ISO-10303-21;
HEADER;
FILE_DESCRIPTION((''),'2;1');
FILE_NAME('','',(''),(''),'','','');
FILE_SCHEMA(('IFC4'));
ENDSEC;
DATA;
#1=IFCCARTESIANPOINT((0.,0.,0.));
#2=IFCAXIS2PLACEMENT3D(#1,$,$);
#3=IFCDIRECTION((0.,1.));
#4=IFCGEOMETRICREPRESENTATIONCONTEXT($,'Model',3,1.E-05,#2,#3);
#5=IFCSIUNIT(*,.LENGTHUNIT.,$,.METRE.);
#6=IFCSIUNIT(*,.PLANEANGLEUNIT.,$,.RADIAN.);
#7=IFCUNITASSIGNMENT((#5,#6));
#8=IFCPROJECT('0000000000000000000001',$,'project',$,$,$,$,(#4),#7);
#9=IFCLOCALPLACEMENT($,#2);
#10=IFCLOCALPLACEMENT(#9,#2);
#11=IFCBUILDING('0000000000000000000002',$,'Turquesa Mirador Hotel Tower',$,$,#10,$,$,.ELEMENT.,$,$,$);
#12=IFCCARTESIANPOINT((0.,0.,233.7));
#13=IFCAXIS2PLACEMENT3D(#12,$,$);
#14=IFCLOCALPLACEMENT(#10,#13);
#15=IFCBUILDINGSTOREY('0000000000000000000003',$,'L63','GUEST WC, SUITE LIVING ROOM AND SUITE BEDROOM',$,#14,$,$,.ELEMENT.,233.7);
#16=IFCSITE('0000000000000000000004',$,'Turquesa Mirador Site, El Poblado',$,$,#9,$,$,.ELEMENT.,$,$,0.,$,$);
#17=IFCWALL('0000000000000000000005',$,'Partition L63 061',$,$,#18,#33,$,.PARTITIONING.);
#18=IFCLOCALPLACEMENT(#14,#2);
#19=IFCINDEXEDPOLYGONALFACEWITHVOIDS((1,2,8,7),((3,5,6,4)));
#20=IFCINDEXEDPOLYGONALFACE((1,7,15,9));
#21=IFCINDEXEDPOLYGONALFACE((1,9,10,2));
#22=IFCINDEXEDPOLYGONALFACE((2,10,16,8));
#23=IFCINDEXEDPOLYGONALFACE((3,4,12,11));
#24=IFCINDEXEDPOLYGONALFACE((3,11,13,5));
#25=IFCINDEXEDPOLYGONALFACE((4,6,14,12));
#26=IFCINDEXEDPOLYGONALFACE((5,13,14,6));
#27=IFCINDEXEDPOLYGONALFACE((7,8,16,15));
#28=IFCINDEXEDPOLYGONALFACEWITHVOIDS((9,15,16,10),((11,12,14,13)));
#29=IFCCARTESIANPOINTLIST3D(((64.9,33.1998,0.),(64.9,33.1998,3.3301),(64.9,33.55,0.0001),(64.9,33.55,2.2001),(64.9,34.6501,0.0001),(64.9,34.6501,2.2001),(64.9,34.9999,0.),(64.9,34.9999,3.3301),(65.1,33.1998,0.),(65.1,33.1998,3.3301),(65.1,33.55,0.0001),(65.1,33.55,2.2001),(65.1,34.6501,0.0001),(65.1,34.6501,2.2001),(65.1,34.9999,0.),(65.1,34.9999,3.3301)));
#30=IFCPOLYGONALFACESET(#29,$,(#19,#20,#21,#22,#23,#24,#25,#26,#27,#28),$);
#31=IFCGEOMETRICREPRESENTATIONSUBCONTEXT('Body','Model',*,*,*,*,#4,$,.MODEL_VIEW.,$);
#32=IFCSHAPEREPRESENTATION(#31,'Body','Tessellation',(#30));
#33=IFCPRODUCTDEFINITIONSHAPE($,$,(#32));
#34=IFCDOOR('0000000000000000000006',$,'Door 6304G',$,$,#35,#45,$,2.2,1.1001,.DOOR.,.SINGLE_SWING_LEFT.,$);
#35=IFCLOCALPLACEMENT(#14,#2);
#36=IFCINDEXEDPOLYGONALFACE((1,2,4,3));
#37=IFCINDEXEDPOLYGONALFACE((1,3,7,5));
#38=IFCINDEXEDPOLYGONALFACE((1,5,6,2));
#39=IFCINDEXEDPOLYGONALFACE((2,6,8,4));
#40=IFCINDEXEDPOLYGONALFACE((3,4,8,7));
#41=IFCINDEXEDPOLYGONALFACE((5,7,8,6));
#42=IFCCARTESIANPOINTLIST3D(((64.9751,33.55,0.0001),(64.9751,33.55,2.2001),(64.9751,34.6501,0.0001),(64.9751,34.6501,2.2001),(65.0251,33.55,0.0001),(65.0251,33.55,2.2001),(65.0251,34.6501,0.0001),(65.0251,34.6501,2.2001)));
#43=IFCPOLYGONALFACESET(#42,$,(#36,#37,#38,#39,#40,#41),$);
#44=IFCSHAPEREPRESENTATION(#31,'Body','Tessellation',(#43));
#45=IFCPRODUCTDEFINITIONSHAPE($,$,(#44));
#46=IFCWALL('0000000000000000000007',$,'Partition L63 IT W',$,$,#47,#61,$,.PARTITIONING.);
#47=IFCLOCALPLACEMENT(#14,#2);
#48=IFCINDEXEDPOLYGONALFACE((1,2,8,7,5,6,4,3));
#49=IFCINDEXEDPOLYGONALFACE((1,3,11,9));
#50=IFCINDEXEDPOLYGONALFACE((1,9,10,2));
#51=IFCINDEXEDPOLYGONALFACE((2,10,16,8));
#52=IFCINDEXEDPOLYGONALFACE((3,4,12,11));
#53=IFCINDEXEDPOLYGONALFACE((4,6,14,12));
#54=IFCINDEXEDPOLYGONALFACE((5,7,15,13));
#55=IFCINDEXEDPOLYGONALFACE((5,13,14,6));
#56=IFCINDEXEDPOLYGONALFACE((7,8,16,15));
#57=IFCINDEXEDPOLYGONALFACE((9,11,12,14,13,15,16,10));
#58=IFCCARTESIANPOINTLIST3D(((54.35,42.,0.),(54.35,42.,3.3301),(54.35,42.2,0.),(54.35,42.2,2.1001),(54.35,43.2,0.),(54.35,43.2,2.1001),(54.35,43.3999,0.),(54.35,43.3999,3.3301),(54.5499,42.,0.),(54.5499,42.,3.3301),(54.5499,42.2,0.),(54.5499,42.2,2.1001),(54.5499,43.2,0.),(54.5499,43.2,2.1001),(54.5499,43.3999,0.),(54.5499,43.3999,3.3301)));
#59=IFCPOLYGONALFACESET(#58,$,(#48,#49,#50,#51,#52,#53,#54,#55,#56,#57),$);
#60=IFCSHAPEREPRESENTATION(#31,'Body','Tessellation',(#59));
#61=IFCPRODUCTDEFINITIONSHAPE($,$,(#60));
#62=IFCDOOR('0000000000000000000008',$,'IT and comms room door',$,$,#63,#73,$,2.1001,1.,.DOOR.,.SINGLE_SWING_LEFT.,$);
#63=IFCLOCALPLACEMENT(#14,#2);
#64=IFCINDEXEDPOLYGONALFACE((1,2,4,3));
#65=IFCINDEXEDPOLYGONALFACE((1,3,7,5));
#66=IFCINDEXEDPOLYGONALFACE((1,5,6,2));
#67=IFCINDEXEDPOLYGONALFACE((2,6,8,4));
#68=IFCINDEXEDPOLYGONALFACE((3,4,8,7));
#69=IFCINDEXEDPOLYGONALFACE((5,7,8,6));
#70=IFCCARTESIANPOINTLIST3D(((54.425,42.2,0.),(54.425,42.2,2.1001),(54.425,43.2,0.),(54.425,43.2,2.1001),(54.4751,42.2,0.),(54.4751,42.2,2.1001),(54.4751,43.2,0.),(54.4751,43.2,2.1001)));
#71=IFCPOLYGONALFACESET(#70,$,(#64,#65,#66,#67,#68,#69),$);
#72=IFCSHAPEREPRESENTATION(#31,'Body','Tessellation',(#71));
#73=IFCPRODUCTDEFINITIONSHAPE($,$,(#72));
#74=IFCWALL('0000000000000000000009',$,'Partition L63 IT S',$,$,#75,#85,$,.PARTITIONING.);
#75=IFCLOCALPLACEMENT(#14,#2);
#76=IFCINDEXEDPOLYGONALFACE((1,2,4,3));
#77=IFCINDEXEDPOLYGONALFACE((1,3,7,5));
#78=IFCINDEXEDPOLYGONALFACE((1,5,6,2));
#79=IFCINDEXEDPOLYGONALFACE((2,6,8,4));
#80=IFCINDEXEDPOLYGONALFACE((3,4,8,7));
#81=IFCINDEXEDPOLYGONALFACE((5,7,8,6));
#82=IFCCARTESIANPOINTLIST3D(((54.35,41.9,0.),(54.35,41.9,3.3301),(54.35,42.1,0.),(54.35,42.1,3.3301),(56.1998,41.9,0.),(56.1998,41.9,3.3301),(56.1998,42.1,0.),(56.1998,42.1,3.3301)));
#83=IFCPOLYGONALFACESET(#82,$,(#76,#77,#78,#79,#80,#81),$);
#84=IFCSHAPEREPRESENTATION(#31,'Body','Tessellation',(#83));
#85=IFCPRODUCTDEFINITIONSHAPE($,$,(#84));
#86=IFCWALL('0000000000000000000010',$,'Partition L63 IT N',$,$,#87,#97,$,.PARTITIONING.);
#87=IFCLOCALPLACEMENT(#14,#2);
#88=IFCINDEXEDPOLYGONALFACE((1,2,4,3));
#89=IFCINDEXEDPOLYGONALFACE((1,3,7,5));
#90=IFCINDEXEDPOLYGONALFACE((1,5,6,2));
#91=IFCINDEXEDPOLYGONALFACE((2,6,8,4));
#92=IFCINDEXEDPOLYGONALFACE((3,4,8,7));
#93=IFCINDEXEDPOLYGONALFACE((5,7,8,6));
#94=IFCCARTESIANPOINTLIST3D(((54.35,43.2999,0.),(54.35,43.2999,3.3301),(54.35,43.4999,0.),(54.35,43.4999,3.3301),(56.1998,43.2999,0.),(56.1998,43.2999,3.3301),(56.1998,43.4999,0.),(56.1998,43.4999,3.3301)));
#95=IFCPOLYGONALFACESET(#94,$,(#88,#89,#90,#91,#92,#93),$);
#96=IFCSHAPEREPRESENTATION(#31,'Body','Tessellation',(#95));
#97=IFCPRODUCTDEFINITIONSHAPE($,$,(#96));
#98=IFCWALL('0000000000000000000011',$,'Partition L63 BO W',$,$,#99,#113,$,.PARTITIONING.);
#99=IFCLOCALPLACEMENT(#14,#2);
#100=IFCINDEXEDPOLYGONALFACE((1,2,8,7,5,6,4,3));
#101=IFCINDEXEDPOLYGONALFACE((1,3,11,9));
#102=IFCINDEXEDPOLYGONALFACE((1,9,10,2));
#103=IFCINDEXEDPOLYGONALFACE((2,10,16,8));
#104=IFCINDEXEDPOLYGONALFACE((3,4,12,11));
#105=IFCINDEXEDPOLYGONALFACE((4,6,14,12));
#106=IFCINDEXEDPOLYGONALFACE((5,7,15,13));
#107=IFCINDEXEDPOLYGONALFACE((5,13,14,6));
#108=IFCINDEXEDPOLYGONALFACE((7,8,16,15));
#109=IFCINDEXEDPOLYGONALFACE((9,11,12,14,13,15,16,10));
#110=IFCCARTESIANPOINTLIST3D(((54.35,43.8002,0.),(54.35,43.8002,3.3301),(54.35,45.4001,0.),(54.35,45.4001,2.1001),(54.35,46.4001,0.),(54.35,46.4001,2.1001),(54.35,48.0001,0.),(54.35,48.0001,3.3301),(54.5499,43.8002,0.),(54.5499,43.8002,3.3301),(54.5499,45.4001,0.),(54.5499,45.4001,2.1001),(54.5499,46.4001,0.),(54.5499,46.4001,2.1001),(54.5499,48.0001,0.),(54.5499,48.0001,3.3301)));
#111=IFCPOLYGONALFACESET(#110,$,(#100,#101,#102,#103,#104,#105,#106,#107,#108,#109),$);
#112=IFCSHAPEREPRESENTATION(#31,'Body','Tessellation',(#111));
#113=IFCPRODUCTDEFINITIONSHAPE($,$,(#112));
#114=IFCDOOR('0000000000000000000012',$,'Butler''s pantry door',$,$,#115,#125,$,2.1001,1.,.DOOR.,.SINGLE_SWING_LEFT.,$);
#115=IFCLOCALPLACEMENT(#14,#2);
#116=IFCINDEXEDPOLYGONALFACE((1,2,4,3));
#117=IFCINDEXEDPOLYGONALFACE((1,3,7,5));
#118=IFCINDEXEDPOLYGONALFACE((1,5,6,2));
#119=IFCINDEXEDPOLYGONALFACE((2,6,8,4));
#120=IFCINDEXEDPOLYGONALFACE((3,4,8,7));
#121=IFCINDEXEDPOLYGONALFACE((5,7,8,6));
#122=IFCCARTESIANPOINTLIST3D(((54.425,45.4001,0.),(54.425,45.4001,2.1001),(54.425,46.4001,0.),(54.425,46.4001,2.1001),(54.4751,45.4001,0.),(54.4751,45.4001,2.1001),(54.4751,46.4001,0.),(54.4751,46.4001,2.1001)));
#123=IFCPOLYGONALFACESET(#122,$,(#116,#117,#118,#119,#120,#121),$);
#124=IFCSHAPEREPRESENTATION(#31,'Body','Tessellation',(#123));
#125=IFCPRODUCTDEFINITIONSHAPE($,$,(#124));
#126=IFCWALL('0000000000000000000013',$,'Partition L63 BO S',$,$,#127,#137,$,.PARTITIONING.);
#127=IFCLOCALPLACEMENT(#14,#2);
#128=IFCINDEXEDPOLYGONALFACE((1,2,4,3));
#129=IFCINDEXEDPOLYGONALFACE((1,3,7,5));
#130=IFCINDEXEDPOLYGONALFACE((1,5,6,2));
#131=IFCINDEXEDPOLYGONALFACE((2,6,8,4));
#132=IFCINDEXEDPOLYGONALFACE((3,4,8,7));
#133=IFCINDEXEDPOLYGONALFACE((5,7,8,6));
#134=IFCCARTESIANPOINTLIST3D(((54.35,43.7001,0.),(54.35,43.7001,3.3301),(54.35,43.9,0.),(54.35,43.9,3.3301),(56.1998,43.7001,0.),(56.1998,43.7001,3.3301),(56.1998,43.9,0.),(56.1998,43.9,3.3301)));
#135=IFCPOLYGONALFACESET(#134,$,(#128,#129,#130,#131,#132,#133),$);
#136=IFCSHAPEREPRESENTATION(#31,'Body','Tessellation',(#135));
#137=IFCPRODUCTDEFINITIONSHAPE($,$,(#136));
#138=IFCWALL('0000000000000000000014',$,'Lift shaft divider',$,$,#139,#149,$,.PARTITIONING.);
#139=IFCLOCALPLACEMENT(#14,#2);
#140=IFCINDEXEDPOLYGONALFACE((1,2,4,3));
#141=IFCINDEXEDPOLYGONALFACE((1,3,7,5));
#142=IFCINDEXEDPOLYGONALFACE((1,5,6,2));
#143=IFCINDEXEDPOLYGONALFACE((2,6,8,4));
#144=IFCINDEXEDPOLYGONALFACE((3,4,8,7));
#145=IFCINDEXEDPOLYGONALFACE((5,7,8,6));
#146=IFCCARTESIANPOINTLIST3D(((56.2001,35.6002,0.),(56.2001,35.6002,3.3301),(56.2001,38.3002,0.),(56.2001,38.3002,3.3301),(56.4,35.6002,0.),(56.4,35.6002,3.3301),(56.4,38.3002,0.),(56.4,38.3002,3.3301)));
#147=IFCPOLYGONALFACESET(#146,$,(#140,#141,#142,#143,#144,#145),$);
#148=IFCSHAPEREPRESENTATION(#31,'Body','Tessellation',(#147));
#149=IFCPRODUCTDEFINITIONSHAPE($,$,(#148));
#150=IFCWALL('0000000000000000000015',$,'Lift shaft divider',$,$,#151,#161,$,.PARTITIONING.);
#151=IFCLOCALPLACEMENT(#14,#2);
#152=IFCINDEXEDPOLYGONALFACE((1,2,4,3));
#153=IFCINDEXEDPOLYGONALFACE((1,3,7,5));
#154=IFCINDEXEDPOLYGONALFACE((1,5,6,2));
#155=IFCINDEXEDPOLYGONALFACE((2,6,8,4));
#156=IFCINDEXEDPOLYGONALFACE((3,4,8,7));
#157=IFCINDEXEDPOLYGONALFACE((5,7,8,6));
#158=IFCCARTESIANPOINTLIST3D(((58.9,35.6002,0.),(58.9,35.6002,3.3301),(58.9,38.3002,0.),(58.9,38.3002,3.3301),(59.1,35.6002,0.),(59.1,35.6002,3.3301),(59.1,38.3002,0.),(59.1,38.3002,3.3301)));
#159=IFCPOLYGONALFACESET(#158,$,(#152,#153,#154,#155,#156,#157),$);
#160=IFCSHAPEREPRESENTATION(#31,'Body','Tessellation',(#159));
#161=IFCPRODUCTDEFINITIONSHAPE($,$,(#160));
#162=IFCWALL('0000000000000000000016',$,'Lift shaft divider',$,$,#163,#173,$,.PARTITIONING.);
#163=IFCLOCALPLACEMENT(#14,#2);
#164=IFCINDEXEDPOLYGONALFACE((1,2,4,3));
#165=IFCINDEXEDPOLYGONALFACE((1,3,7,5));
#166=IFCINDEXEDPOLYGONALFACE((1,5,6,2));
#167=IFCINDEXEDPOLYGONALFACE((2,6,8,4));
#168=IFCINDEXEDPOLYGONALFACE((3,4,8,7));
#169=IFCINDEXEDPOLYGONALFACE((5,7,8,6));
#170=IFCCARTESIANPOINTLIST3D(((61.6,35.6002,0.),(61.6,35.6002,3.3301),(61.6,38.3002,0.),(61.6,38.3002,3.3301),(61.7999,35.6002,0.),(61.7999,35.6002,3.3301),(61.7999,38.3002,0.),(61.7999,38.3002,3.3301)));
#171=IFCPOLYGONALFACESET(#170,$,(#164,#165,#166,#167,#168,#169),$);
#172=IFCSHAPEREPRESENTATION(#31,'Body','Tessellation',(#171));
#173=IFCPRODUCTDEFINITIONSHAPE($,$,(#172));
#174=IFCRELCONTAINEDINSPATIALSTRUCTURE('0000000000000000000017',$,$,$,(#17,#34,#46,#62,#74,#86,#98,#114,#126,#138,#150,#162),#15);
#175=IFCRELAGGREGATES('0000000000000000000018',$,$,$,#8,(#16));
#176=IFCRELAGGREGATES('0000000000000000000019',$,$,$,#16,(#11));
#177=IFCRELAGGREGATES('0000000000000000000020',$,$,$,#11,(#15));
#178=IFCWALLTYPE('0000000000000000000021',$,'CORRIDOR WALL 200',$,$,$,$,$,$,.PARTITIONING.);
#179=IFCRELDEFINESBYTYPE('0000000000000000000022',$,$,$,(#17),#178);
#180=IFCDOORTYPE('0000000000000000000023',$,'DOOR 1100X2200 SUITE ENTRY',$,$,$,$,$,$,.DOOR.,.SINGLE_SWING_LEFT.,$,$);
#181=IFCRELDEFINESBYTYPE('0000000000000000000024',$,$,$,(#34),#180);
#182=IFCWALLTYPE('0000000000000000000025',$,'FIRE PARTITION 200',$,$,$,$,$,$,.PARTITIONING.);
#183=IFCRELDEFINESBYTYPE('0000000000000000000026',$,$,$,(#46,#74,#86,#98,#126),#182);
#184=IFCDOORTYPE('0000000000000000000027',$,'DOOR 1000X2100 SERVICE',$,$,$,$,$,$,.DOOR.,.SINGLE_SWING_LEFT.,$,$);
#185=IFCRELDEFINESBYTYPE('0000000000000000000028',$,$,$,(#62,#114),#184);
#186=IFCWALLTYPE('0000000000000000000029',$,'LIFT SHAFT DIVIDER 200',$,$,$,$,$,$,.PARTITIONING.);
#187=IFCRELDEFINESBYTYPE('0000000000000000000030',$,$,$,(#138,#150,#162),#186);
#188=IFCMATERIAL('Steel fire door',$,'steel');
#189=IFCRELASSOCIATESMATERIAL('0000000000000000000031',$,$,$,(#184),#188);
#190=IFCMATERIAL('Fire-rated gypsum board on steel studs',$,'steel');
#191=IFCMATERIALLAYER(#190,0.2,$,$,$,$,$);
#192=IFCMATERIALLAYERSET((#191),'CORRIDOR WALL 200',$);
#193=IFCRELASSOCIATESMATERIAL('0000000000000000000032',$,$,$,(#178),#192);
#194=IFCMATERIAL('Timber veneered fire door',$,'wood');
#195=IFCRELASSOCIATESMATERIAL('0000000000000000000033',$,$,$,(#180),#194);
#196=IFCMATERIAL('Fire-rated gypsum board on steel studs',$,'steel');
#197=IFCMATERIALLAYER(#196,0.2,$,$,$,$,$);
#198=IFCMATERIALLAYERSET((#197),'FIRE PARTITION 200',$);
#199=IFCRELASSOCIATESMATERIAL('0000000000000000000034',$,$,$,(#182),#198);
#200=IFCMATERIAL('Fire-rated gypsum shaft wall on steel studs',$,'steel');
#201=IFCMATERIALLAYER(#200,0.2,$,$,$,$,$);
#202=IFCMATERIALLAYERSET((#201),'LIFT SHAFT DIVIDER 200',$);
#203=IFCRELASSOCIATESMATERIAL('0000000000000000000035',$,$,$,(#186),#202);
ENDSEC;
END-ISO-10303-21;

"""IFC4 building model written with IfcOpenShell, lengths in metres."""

from ifc_helpers import new_model, si_unit, direction, frame, frame_2d, origin, place, context, subcontext, project, spatial, rectangle, extrude, material, layer, layer_set, type_object, element, fill, save


model = new_model("IFC4")

# Units and contexts
model_context = context("Model", 3, precision=1e-05, world=origin(), true_north=direction((0.0, 1.0)))
body_context = subcontext(model_context, "Body", "Model", "MODEL_VIEW")
ifc_project = project(units=[si_unit("LENGTHUNIT", "METRE"), si_unit("PLANEANGLEUNIT", "RADIAN")], contexts=[model_context])

# Site, building, storey
site_placement = place(None, origin())
site = spatial("IfcSite", under=ifc_project, at=site_placement, Name="Turquesa Mirador Site, El Poblado", CompositionType="ELEMENT", RefElevation=0.0)
building_placement = place(site_placement, origin())
building = spatial("IfcBuilding", under=site, at=building_placement, Name="Turquesa Mirador Hotel Tower", CompositionType="ELEMENT")
storey_placement = place(building_placement, frame((0.0, 0.0, 233.7)))
storey = spatial("IfcBuildingStorey", under=building, at=storey_placement, Name="L63", Description="GUEST WC, SUITE LIVING ROOM AND SUITE BEDROOM", CompositionType="ELEMENT", Elevation=233.7)

# Shared definitions
ifc_material_1 = material(Name="Steel fire door", Category="steel")
door_type_1 = type_object("IfcDoorType", Name="DOOR 1000X2100 SERVICE", OperationType="SINGLE_SWING_LEFT", PredefinedType="DOOR", material=ifc_material_1)

# Shared definitions
ifc_material_2 = material(Name="Fire-rated gypsum board on steel studs", Category="steel")
ifc_layer_1 = layer(ifc_material_2, 0.2)
ifc_layer_set_1 = layer_set([ifc_layer_1], Name="CORRIDOR WALL 200")
wall_type_1 = type_object("IfcWallType", Name="CORRIDOR WALL 200", PredefinedType="PARTITIONING", material=ifc_layer_set_1)

# Walls, openings, doors
wall_1_placement = place(storey_placement, frame((65.0, 33.2, 0.0), z_axis=(0.0, 0.0, 1.0), x_axis=(0.0, 1.0, 0.0)))
wall_1 = element("IfcWall", 1, at=wall_1_placement, inside=storey, type_object=wall_type_1, Name="Partition L63 061", PredefinedType="PARTITIONING", context=body_context, shape_type="SweptSolid", body=[
    extrude(rectangle(XDim=1.8, YDim=0.2, at=frame_2d((0.8999, 0.0))), origin(), (0.0, 0.0, 1.0), 3.3301),
])
opening_1_placement = place(wall_1_placement, frame((0.3501, 0.0, 0.0)))
opening_1 = element("IfcOpeningElement", 2, at=opening_1_placement, cuts=wall_1, PredefinedType="OPENING", context=body_context, shape_type="SweptSolid", body=[
    extrude(rectangle(XDim=1.1001, YDim=2.2, at=frame_2d((0.55, 1.1001))), frame((0.0, 0.1099, 0.0), z_axis=(0.0, -1.0, 0.0), x_axis=(1.0, 0.0, 0.0)), (0.0, 0.0, 1.0), 0.22),
])
ifc_material_3 = material(Name="Timber veneered fire door", Category="wood")
door_type_2 = type_object("IfcDoorType", Name="DOOR 1100X2200 SUITE ENTRY", OperationType="SINGLE_SWING_LEFT", PredefinedType="DOOR", material=ifc_material_3)
door_1_placement = place(opening_1_placement, origin())
door_1 = element("IfcDoor", 3, at=door_1_placement, inside=storey, type_object=door_type_2, Name="Door 6304G", OperationType="SINGLE_SWING_LEFT", OverallHeight=2.2, OverallWidth=1.1001, PredefinedType="DOOR", context=body_context, shape_type="SweptSolid", body=[
    extrude(rectangle(XDim=1.1001, YDim=2.2, at=frame_2d((0.55, 1.1001))), frame((0.0, 0.0249, 0.0), z_axis=(0.0, -1.0, 0.0), x_axis=(1.0, 0.0, 0.0)), (0.0, 0.0, 1.0), 0.05),
])
fill(opening_1, door_1)
ifc_material_4 = material(Name="Fire-rated gypsum board on steel studs", Category="steel")
ifc_layer_2 = layer(ifc_material_4, 0.2)
ifc_layer_set_2 = layer_set([ifc_layer_2], Name="FIRE PARTITION 200")
wall_type_2 = type_object("IfcWallType", Name="FIRE PARTITION 200", PredefinedType="PARTITIONING", material=ifc_layer_set_2)
wall_2_placement = place(storey_placement, frame((54.45, 42.0, 0.0), z_axis=(0.0, 0.0, 1.0), x_axis=(0.0, 1.0, 0.0)))
wall_2 = element("IfcWall", 4, at=wall_2_placement, inside=storey, type_object=wall_type_2, Name="Partition L63 IT W", PredefinedType="PARTITIONING", context=body_context, shape_type="SweptSolid", body=[
    extrude(rectangle(XDim=1.3999, YDim=0.2, at=frame_2d((0.7, 0.0))), origin(), (0.0, 0.0, 1.0), 3.3301),
])
opening_2_placement = place(wall_2_placement, frame((0.2, 0.0, 0.0)))
opening_2 = element("IfcOpeningElement", 5, at=opening_2_placement, cuts=wall_2, PredefinedType="OPENING", context=body_context, shape_type="SweptSolid", body=[
    extrude(rectangle(XDim=1.0, YDim=2.1001, at=frame_2d((0.5, 1.05))), frame((0.0, 0.1099, 0.0), z_axis=(0.0, -1.0, 0.0), x_axis=(1.0, 0.0, 0.0)), (0.0, 0.0, 1.0), 0.22),
])
door_2_placement = place(opening_2_placement, origin())
door_2 = element("IfcDoor", 6, at=door_2_placement, inside=storey, type_object=door_type_1, Name="IT and comms room door", OperationType="SINGLE_SWING_LEFT", OverallHeight=2.1001, OverallWidth=1.0, PredefinedType="DOOR", context=body_context, shape_type="SweptSolid", body=[
    extrude(rectangle(XDim=1.0, YDim=2.1001, at=frame_2d((0.5, 1.05))), frame((0.0, 0.0249, 0.0), z_axis=(0.0, -1.0, 0.0), x_axis=(1.0, 0.0, 0.0)), (0.0, 0.0, 1.0), 0.05),
])
fill(opening_2, door_2)

# Walls
for number, where, z_axis, x_axis, name in (
    (7, (54.3501, 42.0, 0.0), (0.0, 0.0, 1.0), (1.0, 0.0, 0.0), "Partition L63 IT S"),
    (8, (54.3501, 43.3999, 0.0), (0.0, 0.0, 1.0), (1.0, 0.0, 0.0), "Partition L63 IT N"),
):
    element("IfcWall", number, at=place(storey_placement, frame(where, z_axis=z_axis, x_axis=x_axis)), inside=storey, type_object=wall_type_2, Name=name, PredefinedType="PARTITIONING", context=body_context, shape_type="SweptSolid", body=[
        extrude(rectangle(XDim=1.8499, YDim=0.2, at=frame_2d((0.9248, 0.0))), origin(), (0.0, 0.0, 1.0), 3.3301),
    ])

# Wall, opening, door
wall_3_placement = place(storey_placement, frame((54.45, 43.8, 0.0), z_axis=(0.0, 0.0, 1.0), x_axis=(0.0, 1.0, 0.0)))
wall_3 = element("IfcWall", 9, at=wall_3_placement, inside=storey, type_object=wall_type_2, Name="Partition L63 BO W", PredefinedType="PARTITIONING", context=body_context, shape_type="SweptSolid", body=[
    extrude(rectangle(XDim=4.2, YDim=0.2, at=frame_2d((2.1001, 0.0))), origin(), (0.0, 0.0, 1.0), 3.3301),
])
opening_3_placement = place(wall_3_placement, frame((1.6001, 0.0, 0.0)))
opening_3 = element("IfcOpeningElement", 10, at=opening_3_placement, cuts=wall_3, PredefinedType="OPENING", context=body_context, shape_type="SweptSolid", body=[
    extrude(rectangle(XDim=1.0, YDim=2.1001, at=frame_2d((0.5, 1.05))), frame((0.0, 0.1099, 0.0), z_axis=(0.0, -1.0, 0.0), x_axis=(1.0, 0.0, 0.0)), (0.0, 0.0, 1.0), 0.22),
])
door_3_placement = place(opening_3_placement, origin())
door_3 = element("IfcDoor", 11, at=door_3_placement, inside=storey, type_object=door_type_1, Name="Butler's pantry door", OperationType="SINGLE_SWING_LEFT", OverallHeight=2.1001, OverallWidth=1.0, PredefinedType="DOOR", context=body_context, shape_type="SweptSolid", body=[
    extrude(rectangle(XDim=1.0, YDim=2.1001, at=frame_2d((0.5, 1.05))), frame((0.0, 0.0249, 0.0), z_axis=(0.0, -1.0, 0.0), x_axis=(1.0, 0.0, 0.0)), (0.0, 0.0, 1.0), 0.05),
])
fill(opening_3, door_3)

# Walls
wall_4_placement = place(storey_placement, frame((54.3501, 43.8, 0.0), z_axis=(0.0, 0.0, 1.0), x_axis=(1.0, 0.0, 0.0)))
element("IfcWall", 12, at=wall_4_placement, inside=storey, type_object=wall_type_2, Name="Partition L63 BO S", PredefinedType="PARTITIONING", context=body_context, shape_type="SweptSolid", body=[
    extrude(rectangle(XDim=1.8499, YDim=0.2, at=frame_2d((0.9248, 0.0))), origin(), (0.0, 0.0, 1.0), 3.3301),
])
ifc_material_5 = material(Name="Fire-rated gypsum shaft wall on steel studs", Category="steel")
ifc_layer_3 = layer(ifc_material_5, 0.2)
ifc_layer_set_3 = layer_set([ifc_layer_3], Name="LIFT SHAFT DIVIDER 200")
wall_type_3 = type_object("IfcWallType", Name="LIFT SHAFT DIVIDER 200", PredefinedType="PARTITIONING", material=ifc_layer_set_3)
for number, where, z_axis, x_axis, name in (
    (13, (56.3, 35.6001, 0.0), (0.0, 0.0, 1.0), (0.0, 1.0, 0.0), "Lift shaft divider"),
    (14, (59.0, 35.6001, 0.0), (0.0, 0.0, 1.0), (0.0, 1.0, 0.0), "Lift shaft divider"),
    (15, (61.7, 35.6001, 0.0), (0.0, 0.0, 1.0), (0.0, 1.0, 0.0), "Lift shaft divider"),
):
    element("IfcWall", number, at=place(storey_placement, frame(where, z_axis=z_axis, x_axis=x_axis)), inside=storey, type_object=wall_type_3, Name=name, PredefinedType="PARTITIONING", context=body_context, shape_type="SweptSolid", body=[
        extrude(rectangle(XDim=2.7, YDim=0.2, at=frame_2d((1.3501, 0.0))), origin(), (0.0, 0.0, 1.0), 3.3301),
    ])

save(model, "model.ifc")
